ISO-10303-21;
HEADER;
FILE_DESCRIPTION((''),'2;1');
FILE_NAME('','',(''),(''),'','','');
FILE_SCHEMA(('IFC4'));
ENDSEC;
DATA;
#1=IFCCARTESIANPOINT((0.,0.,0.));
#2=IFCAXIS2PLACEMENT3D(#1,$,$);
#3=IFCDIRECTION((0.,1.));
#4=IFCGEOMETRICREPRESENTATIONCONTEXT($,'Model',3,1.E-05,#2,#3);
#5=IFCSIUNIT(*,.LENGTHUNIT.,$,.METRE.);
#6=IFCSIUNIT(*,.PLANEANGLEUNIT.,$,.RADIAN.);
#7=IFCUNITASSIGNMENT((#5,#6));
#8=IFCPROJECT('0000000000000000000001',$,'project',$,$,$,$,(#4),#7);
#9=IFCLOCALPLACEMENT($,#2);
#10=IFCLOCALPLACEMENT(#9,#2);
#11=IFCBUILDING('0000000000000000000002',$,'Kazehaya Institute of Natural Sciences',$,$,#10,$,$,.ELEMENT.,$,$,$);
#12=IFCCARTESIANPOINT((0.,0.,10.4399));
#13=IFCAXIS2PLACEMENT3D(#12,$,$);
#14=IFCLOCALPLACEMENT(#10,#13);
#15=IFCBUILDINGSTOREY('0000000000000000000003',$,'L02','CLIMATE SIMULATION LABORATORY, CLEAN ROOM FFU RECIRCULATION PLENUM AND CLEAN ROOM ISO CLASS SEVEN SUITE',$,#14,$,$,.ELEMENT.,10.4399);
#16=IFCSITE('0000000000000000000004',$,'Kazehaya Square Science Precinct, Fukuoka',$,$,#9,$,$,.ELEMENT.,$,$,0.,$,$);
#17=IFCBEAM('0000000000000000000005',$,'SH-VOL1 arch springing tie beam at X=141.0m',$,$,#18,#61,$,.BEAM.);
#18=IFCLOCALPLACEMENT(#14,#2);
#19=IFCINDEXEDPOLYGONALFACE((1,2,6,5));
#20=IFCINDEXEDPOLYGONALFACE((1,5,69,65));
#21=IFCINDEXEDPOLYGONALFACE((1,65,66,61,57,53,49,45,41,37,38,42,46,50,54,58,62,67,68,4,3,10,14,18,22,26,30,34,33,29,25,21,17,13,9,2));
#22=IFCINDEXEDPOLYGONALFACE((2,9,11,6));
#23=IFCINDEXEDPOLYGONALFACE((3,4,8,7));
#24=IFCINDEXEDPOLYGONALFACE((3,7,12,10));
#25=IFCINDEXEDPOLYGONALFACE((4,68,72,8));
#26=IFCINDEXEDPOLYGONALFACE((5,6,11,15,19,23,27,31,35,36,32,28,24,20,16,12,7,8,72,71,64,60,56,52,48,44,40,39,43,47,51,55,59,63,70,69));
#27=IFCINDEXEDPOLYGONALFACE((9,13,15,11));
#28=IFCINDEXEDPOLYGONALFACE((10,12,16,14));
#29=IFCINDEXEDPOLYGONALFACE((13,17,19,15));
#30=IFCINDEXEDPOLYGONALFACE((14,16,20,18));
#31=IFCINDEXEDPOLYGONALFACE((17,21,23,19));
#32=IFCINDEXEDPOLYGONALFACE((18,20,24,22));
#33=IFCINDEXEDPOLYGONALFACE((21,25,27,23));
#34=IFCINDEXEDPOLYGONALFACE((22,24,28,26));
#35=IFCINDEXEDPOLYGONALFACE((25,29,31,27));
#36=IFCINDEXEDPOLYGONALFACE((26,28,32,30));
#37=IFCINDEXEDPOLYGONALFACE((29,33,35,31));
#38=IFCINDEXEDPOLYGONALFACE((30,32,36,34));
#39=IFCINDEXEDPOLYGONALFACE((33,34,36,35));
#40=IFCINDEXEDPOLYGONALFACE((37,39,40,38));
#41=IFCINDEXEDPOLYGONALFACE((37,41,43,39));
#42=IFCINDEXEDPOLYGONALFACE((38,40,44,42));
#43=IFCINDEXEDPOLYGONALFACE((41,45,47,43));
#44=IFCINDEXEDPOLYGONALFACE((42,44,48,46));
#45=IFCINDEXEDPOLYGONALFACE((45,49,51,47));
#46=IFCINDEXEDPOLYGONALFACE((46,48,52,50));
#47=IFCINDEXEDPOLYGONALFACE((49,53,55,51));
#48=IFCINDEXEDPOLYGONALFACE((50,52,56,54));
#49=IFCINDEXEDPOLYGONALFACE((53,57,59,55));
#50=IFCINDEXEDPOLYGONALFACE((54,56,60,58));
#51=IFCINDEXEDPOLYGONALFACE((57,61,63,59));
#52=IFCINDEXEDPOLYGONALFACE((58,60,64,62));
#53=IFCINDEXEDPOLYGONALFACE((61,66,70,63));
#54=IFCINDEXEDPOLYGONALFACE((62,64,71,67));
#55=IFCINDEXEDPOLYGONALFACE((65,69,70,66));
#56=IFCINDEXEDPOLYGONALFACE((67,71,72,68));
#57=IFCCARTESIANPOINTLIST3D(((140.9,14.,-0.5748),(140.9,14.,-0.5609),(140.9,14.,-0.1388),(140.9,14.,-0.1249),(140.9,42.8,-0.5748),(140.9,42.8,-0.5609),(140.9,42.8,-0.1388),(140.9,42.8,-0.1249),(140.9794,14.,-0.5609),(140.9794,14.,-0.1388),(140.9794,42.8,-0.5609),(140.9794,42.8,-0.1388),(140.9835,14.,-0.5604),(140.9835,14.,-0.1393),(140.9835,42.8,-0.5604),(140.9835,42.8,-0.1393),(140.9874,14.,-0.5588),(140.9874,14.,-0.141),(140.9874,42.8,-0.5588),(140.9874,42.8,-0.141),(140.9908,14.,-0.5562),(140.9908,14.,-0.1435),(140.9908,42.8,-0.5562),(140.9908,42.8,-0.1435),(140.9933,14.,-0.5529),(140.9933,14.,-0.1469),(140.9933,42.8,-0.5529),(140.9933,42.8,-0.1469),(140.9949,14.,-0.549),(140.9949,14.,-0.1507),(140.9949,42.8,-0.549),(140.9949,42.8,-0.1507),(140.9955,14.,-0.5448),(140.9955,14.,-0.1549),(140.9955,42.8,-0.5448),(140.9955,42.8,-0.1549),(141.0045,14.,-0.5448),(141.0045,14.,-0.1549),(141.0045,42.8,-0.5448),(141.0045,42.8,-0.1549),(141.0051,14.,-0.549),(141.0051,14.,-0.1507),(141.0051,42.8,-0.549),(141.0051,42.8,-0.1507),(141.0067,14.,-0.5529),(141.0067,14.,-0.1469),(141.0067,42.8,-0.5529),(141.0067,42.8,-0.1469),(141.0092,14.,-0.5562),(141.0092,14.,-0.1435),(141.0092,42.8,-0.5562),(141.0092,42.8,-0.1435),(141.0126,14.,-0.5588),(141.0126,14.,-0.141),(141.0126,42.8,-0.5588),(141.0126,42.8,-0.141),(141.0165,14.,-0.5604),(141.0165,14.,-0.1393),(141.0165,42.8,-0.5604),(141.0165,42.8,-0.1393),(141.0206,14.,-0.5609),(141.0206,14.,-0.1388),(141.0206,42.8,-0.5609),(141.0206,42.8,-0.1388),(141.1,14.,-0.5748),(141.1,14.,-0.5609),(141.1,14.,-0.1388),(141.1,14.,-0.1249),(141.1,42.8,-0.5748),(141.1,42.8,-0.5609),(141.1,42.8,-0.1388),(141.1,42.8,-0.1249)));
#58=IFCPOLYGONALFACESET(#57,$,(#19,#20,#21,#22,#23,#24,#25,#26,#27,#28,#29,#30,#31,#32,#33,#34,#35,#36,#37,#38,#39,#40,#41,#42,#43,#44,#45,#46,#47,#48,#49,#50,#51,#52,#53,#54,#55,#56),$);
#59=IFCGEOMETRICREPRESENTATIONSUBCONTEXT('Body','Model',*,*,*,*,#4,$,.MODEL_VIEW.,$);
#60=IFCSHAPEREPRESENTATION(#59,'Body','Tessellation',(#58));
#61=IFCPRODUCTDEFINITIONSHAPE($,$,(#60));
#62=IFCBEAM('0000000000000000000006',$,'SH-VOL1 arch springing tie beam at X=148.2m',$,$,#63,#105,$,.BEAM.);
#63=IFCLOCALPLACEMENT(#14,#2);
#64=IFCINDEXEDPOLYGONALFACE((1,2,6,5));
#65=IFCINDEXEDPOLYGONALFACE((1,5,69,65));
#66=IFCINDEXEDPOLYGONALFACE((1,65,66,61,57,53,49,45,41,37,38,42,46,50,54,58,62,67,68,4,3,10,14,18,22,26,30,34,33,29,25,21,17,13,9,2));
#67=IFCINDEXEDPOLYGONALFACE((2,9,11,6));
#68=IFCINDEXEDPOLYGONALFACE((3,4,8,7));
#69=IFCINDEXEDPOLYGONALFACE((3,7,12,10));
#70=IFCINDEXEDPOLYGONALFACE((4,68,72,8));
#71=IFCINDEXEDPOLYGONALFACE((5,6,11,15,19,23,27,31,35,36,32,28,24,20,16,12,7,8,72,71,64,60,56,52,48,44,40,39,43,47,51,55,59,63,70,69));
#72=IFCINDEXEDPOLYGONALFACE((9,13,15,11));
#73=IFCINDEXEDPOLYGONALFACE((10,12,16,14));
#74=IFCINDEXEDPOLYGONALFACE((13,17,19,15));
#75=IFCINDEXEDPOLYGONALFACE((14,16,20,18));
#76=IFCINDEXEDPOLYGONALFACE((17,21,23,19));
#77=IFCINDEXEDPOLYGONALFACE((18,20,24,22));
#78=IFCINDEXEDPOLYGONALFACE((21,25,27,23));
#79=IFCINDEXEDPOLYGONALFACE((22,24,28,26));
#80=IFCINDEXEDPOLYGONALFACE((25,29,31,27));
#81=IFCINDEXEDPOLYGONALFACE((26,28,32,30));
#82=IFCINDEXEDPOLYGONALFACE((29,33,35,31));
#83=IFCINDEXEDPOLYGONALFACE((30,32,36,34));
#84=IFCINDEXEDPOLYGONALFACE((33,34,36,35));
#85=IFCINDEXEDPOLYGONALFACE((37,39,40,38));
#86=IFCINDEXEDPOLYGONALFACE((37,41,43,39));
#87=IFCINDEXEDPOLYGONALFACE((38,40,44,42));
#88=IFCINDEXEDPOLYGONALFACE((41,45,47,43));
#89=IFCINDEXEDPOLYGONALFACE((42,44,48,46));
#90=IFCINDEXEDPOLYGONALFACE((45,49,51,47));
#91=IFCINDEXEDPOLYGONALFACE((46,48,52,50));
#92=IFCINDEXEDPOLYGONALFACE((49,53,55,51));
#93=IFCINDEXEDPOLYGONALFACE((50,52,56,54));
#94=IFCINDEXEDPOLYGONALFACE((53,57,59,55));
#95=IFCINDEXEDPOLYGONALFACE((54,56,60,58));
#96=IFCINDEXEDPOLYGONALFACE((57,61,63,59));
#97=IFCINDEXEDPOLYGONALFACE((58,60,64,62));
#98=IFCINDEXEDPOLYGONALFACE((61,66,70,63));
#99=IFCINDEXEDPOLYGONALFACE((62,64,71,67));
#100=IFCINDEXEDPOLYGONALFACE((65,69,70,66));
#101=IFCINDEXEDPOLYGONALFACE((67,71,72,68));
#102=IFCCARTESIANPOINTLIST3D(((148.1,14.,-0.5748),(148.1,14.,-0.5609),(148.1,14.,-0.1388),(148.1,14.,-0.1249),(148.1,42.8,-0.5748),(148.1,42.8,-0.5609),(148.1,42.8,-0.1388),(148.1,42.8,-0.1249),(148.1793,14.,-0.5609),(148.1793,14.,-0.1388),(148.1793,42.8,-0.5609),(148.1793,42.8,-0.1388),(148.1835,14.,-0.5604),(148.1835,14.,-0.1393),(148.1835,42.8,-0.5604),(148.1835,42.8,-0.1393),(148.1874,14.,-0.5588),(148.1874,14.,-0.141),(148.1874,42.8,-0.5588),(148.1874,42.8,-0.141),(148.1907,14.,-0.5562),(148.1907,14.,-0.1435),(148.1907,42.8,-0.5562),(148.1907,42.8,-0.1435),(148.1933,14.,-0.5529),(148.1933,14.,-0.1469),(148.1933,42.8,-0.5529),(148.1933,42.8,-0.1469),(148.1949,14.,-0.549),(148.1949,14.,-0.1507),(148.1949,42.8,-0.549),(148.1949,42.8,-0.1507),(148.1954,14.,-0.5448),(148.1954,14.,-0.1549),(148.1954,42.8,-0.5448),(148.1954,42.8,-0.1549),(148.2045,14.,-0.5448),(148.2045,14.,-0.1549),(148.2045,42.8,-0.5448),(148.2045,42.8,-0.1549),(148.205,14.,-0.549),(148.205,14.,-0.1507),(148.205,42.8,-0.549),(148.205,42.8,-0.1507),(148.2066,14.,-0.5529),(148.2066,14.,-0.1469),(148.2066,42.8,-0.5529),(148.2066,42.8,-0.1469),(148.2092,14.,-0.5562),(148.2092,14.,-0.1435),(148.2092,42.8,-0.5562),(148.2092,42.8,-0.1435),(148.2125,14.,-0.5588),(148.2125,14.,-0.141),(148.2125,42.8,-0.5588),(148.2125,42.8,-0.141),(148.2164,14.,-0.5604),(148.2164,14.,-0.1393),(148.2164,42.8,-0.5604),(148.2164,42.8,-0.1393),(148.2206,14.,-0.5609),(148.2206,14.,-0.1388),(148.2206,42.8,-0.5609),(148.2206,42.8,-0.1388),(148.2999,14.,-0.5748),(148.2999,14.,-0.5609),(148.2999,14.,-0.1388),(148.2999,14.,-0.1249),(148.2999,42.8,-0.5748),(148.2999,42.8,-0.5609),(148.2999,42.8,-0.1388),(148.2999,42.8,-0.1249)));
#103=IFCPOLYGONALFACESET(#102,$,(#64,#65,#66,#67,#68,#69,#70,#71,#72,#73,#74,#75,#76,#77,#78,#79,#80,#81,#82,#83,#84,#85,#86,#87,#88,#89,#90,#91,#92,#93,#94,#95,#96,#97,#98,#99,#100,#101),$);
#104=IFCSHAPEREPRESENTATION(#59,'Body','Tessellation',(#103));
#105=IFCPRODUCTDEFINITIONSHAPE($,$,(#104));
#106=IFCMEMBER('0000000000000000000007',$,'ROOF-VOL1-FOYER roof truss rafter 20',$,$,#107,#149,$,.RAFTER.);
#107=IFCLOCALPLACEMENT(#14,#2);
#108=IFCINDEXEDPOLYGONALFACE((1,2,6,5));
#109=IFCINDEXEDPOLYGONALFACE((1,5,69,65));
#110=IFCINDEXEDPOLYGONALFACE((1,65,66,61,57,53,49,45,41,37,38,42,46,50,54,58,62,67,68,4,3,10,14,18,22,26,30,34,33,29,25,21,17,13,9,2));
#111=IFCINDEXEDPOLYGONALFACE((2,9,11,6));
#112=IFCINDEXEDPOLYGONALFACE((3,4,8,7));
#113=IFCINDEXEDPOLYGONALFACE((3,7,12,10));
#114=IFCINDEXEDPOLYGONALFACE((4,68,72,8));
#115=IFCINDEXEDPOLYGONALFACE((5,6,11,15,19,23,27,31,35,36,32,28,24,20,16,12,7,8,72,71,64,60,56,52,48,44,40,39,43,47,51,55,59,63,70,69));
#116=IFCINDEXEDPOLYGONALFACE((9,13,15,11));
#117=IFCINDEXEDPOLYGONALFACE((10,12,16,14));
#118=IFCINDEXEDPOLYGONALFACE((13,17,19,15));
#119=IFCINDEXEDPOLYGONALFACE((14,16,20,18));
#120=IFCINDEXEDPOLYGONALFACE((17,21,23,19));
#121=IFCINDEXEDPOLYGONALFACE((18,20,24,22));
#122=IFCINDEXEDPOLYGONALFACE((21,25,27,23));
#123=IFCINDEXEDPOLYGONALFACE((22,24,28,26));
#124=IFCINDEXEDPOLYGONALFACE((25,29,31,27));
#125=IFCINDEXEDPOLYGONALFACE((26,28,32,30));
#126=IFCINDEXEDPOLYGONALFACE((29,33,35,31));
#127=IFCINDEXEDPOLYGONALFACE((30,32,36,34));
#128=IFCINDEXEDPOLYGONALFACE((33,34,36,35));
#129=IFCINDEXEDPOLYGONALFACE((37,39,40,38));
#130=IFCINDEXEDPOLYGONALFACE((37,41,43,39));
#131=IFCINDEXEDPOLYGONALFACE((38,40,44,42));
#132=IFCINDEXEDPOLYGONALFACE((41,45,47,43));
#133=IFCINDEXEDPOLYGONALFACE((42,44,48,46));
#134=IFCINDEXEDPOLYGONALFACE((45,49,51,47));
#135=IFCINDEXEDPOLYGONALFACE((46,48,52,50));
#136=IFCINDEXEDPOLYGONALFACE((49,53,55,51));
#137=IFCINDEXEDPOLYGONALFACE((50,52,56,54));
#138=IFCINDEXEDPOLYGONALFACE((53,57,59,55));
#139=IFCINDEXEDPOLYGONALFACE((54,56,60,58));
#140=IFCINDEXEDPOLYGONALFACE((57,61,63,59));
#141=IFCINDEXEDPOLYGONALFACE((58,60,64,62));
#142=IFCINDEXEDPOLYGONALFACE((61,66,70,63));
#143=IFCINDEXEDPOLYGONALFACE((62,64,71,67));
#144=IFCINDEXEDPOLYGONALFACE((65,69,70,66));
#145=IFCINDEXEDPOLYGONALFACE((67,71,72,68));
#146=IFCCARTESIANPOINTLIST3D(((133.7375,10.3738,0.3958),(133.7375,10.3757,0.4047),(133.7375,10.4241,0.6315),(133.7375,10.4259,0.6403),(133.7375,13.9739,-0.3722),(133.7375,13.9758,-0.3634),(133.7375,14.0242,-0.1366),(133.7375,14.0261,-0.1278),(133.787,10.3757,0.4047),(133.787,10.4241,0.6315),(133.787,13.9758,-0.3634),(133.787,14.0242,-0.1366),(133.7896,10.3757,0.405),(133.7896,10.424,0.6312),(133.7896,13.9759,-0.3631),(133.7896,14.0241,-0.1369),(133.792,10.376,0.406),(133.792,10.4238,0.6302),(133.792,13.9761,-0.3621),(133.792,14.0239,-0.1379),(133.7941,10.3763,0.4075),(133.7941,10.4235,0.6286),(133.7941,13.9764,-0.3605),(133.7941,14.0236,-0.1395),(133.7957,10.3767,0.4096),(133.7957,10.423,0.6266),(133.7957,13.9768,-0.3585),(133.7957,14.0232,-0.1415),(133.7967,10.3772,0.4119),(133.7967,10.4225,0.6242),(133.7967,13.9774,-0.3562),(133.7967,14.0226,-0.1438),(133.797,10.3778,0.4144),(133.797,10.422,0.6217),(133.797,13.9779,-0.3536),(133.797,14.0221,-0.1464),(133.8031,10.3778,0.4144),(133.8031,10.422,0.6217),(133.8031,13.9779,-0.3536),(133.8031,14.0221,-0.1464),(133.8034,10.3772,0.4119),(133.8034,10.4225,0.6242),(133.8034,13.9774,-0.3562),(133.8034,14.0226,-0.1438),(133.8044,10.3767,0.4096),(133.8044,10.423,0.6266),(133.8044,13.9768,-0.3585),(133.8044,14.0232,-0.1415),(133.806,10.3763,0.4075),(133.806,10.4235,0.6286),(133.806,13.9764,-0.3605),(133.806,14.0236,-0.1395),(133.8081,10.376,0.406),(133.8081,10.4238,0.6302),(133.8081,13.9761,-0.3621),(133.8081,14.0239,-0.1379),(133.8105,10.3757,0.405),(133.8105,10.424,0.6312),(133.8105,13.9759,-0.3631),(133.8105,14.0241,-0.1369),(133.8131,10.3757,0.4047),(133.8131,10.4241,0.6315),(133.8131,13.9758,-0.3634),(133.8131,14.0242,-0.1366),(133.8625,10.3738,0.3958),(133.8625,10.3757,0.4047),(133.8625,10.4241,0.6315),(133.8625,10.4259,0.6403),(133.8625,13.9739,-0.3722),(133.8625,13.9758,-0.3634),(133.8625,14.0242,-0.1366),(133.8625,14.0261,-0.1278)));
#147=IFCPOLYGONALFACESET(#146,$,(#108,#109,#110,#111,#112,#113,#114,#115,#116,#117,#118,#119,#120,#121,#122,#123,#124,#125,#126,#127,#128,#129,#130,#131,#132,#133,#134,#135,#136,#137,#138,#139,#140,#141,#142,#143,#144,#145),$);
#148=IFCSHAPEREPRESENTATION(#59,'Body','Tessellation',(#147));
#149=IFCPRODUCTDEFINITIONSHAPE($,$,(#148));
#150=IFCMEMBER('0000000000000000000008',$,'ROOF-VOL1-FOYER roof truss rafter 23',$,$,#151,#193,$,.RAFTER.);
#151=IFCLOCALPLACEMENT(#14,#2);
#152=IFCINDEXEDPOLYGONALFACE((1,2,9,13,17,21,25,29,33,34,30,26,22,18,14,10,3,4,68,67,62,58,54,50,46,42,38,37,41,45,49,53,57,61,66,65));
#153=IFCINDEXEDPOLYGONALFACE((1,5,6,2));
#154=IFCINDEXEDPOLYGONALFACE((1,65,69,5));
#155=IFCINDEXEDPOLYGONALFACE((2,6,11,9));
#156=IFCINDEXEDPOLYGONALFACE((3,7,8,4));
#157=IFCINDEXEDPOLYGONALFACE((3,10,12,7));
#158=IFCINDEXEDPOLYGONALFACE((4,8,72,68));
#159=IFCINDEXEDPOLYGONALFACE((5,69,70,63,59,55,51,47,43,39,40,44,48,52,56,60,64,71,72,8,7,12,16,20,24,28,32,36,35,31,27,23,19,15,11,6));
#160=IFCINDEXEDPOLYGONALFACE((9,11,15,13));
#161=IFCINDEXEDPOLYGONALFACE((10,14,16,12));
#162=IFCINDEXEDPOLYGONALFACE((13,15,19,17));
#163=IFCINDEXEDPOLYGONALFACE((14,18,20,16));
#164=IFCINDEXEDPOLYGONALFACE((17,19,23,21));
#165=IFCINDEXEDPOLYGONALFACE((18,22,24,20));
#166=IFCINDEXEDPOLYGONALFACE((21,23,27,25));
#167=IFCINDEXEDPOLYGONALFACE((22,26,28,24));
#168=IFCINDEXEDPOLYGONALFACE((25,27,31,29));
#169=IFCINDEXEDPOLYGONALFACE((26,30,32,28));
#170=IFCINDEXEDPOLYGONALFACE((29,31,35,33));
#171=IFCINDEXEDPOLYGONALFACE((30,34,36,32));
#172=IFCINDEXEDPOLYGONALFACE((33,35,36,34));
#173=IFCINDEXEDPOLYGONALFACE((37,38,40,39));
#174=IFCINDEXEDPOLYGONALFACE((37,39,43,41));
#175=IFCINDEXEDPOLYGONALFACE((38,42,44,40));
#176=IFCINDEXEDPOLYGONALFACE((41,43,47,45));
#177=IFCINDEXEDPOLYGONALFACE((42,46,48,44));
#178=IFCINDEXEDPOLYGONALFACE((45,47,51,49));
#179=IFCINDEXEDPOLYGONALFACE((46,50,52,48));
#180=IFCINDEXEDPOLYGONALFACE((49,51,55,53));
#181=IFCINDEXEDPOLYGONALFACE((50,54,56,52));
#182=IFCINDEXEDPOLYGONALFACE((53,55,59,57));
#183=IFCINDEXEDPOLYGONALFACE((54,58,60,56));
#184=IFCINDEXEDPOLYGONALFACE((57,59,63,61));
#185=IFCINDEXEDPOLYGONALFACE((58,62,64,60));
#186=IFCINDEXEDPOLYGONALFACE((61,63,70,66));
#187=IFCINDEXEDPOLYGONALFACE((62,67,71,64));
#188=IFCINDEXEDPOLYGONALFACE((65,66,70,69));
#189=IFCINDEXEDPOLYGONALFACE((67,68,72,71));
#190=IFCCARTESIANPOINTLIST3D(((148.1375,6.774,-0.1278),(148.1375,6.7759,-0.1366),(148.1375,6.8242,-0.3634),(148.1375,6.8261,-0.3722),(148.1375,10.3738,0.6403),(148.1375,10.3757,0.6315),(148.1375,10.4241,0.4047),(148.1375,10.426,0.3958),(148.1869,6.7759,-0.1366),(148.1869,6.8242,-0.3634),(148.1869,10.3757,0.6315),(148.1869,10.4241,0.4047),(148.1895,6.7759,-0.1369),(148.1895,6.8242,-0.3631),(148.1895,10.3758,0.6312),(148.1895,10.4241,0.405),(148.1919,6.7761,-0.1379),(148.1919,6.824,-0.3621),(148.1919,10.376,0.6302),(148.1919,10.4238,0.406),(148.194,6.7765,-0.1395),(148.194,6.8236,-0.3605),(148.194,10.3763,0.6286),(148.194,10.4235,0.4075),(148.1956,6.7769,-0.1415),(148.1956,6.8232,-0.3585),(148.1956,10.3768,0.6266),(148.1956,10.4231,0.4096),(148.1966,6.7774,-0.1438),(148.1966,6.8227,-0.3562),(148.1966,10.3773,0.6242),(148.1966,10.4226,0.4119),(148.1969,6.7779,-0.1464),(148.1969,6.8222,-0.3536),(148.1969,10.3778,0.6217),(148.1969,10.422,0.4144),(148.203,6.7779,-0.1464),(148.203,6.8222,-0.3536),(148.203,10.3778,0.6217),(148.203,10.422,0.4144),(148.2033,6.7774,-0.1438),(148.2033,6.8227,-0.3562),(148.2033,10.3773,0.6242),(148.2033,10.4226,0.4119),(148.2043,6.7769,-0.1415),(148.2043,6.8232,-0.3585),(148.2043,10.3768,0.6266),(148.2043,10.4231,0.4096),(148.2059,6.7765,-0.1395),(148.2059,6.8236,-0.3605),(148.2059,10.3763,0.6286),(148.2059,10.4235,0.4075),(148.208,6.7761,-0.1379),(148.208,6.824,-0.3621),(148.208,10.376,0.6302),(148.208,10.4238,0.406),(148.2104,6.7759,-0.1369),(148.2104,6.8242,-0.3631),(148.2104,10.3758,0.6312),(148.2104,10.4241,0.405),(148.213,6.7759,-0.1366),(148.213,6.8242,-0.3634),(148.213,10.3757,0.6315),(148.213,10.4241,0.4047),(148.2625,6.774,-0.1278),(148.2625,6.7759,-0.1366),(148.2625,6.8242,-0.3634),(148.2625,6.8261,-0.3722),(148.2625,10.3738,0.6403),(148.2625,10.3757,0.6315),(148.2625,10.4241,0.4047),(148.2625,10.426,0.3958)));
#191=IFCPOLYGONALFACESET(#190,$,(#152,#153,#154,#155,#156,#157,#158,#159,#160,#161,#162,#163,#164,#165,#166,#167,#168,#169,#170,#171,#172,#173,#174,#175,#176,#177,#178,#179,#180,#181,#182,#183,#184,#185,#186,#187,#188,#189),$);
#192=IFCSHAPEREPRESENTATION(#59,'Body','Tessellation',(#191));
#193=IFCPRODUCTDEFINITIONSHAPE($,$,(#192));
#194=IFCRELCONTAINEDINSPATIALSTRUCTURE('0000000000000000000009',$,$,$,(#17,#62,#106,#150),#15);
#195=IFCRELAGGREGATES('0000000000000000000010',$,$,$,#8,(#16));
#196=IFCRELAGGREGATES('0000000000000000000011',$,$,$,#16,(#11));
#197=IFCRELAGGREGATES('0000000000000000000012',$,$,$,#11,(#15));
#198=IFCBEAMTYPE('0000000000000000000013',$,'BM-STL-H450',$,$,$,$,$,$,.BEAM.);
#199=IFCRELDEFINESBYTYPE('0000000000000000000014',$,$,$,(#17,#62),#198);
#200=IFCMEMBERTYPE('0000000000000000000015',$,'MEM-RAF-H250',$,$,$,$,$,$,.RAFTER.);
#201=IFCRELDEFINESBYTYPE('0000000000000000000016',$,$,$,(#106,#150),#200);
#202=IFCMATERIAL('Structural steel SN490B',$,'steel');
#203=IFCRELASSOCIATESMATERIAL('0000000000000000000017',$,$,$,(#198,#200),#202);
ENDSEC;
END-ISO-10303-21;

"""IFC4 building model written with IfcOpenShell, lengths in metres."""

from ifc_helpers import new_model, si_unit, direction, frame, origin, origin_2d, place, context, subcontext, project, spatial, i_section, extrude, material, material_profile, profile_set, type_object, element, save


model = new_model("IFC4")

# Units and contexts
model_context = context("Model", 3, precision=1e-05, world=origin(), true_north=direction((0.0, 1.0)))
body_context = subcontext(model_context, "Body", "Model", "MODEL_VIEW")
ifc_project = project(units=[si_unit("LENGTHUNIT", "METRE"), si_unit("PLANEANGLEUNIT", "RADIAN")], contexts=[model_context])

# Site, building, storey
site_placement = place(None, origin())
site = spatial("IfcSite", under=ifc_project, at=site_placement, Name="Kazehaya Square Science Precinct, Fukuoka", CompositionType="ELEMENT", RefElevation=0.0)
building_placement = place(site_placement, origin())
building = spatial("IfcBuilding", under=site, at=building_placement, Name="Kazehaya Institute of Natural Sciences", CompositionType="ELEMENT")
storey_placement = place(building_placement, frame((0.0, 0.0, 10.4399)))
storey = spatial("IfcBuildingStorey", under=building, at=storey_placement, Name="L02", Description="CLIMATE SIMULATION LABORATORY, CLEAN ROOM FFU RECIRCULATION PLENUM AND CLEAN ROOM ISO CLASS SEVEN SUITE", CompositionType="ELEMENT", Elevation=10.4399)

# Beams
ifc_material_1 = material(Name="Structural steel SN490B", Category="steel")
ifc_material_profile_1 = material_profile(ifc_material_1, i_section(OverallWidth=0.2, OverallDepth=0.45, WebThickness=0.009, FlangeThickness=0.0139, FilletRadius=0.0161, at=origin_2d()), Name="H-450x200x9x14")
ifc_profile_set_1 = profile_set([ifc_material_profile_1], Name="Structural steel SN490B")
beam_type_1 = type_object("IfcBeamType", Name="BM-STL-H450", PredefinedType="BEAM", material=ifc_profile_set_1)
for number, where, z_axis, x_axis, name in (
    (1, (141.0, 14.0, -0.3499), (0.0, 1.0, 0.0), (-1.0, 0.0, 0.0), "SH-VOL1 arch springing tie beam at X=141.0m"),
    (2, (148.2, 14.0, -0.3499), (0.0, 1.0, 0.0), (-1.0, 0.0, 0.0), "SH-VOL1 arch springing tie beam at X=148.2m"),
):
    element("IfcBeam", number, at=place(storey_placement, frame(where, z_axis=z_axis, x_axis=x_axis)), inside=storey, type_object=beam_type_1, Name=name, PredefinedType="BEAM", context=body_context, shape_type="SweptSolid", body=[
        extrude(i_section(OverallWidth=0.2, OverallDepth=0.45, WebThickness=0.009, FlangeThickness=0.0139, FilletRadius=0.0161, at=origin_2d()), origin(), (0.0, 0.0, 1.0), 28.8),
    ])

# Members
ifc_material_profile_2 = material_profile(ifc_material_1, i_section(OverallWidth=0.125, OverallDepth=0.25, WebThickness=0.0061, FlangeThickness=0.009, FilletRadius=0.01, at=origin_2d()), Name="H-250x125x6x9")
ifc_profile_set_2 = profile_set([ifc_material_profile_2], Name="Structural steel SN490B")
member_type_1 = type_object("IfcMemberType", Name="MEM-RAF-H250", PredefinedType="RAFTER", material=ifc_profile_set_2)
member_1_placement = place(storey_placement, frame((133.8, 14.0, -0.25), z_axis=(0.0, -0.97799, 0.20865), x_axis=(1.0, 0.0, 0.0)))
element("IfcMember", 3, at=member_1_placement, inside=storey, type_object=member_type_1, Name="ROOF-VOL1-FOYER roof truss rafter 20", PredefinedType="RAFTER", context=body_context, shape_type="SweptSolid", body=[
    extrude(i_section(OverallWidth=0.125, OverallDepth=0.25, WebThickness=0.0061, FlangeThickness=0.009, FilletRadius=0.01, at=origin_2d()), origin(), (0.0, 0.0, 1.0), 3.6812),
])
member_2_placement = place(storey_placement, frame((148.2, 6.8, -0.25), z_axis=(0.0, 0.977987, 0.208664), x_axis=(-1.0, 0.0, 0.0)))
element("IfcMember", 4, at=member_2_placement, inside=storey, type_object=member_type_1, Name="ROOF-VOL1-FOYER roof truss rafter 23", PredefinedType="RAFTER", context=body_context, shape_type="SweptSolid", body=[
    extrude(i_section(OverallWidth=0.125, OverallDepth=0.25, WebThickness=0.0061, FlangeThickness=0.009, FilletRadius=0.01, at=origin_2d()), origin(), (0.0, 0.0, 1.0), 3.6809),
])

save(model, "model.ifc")
